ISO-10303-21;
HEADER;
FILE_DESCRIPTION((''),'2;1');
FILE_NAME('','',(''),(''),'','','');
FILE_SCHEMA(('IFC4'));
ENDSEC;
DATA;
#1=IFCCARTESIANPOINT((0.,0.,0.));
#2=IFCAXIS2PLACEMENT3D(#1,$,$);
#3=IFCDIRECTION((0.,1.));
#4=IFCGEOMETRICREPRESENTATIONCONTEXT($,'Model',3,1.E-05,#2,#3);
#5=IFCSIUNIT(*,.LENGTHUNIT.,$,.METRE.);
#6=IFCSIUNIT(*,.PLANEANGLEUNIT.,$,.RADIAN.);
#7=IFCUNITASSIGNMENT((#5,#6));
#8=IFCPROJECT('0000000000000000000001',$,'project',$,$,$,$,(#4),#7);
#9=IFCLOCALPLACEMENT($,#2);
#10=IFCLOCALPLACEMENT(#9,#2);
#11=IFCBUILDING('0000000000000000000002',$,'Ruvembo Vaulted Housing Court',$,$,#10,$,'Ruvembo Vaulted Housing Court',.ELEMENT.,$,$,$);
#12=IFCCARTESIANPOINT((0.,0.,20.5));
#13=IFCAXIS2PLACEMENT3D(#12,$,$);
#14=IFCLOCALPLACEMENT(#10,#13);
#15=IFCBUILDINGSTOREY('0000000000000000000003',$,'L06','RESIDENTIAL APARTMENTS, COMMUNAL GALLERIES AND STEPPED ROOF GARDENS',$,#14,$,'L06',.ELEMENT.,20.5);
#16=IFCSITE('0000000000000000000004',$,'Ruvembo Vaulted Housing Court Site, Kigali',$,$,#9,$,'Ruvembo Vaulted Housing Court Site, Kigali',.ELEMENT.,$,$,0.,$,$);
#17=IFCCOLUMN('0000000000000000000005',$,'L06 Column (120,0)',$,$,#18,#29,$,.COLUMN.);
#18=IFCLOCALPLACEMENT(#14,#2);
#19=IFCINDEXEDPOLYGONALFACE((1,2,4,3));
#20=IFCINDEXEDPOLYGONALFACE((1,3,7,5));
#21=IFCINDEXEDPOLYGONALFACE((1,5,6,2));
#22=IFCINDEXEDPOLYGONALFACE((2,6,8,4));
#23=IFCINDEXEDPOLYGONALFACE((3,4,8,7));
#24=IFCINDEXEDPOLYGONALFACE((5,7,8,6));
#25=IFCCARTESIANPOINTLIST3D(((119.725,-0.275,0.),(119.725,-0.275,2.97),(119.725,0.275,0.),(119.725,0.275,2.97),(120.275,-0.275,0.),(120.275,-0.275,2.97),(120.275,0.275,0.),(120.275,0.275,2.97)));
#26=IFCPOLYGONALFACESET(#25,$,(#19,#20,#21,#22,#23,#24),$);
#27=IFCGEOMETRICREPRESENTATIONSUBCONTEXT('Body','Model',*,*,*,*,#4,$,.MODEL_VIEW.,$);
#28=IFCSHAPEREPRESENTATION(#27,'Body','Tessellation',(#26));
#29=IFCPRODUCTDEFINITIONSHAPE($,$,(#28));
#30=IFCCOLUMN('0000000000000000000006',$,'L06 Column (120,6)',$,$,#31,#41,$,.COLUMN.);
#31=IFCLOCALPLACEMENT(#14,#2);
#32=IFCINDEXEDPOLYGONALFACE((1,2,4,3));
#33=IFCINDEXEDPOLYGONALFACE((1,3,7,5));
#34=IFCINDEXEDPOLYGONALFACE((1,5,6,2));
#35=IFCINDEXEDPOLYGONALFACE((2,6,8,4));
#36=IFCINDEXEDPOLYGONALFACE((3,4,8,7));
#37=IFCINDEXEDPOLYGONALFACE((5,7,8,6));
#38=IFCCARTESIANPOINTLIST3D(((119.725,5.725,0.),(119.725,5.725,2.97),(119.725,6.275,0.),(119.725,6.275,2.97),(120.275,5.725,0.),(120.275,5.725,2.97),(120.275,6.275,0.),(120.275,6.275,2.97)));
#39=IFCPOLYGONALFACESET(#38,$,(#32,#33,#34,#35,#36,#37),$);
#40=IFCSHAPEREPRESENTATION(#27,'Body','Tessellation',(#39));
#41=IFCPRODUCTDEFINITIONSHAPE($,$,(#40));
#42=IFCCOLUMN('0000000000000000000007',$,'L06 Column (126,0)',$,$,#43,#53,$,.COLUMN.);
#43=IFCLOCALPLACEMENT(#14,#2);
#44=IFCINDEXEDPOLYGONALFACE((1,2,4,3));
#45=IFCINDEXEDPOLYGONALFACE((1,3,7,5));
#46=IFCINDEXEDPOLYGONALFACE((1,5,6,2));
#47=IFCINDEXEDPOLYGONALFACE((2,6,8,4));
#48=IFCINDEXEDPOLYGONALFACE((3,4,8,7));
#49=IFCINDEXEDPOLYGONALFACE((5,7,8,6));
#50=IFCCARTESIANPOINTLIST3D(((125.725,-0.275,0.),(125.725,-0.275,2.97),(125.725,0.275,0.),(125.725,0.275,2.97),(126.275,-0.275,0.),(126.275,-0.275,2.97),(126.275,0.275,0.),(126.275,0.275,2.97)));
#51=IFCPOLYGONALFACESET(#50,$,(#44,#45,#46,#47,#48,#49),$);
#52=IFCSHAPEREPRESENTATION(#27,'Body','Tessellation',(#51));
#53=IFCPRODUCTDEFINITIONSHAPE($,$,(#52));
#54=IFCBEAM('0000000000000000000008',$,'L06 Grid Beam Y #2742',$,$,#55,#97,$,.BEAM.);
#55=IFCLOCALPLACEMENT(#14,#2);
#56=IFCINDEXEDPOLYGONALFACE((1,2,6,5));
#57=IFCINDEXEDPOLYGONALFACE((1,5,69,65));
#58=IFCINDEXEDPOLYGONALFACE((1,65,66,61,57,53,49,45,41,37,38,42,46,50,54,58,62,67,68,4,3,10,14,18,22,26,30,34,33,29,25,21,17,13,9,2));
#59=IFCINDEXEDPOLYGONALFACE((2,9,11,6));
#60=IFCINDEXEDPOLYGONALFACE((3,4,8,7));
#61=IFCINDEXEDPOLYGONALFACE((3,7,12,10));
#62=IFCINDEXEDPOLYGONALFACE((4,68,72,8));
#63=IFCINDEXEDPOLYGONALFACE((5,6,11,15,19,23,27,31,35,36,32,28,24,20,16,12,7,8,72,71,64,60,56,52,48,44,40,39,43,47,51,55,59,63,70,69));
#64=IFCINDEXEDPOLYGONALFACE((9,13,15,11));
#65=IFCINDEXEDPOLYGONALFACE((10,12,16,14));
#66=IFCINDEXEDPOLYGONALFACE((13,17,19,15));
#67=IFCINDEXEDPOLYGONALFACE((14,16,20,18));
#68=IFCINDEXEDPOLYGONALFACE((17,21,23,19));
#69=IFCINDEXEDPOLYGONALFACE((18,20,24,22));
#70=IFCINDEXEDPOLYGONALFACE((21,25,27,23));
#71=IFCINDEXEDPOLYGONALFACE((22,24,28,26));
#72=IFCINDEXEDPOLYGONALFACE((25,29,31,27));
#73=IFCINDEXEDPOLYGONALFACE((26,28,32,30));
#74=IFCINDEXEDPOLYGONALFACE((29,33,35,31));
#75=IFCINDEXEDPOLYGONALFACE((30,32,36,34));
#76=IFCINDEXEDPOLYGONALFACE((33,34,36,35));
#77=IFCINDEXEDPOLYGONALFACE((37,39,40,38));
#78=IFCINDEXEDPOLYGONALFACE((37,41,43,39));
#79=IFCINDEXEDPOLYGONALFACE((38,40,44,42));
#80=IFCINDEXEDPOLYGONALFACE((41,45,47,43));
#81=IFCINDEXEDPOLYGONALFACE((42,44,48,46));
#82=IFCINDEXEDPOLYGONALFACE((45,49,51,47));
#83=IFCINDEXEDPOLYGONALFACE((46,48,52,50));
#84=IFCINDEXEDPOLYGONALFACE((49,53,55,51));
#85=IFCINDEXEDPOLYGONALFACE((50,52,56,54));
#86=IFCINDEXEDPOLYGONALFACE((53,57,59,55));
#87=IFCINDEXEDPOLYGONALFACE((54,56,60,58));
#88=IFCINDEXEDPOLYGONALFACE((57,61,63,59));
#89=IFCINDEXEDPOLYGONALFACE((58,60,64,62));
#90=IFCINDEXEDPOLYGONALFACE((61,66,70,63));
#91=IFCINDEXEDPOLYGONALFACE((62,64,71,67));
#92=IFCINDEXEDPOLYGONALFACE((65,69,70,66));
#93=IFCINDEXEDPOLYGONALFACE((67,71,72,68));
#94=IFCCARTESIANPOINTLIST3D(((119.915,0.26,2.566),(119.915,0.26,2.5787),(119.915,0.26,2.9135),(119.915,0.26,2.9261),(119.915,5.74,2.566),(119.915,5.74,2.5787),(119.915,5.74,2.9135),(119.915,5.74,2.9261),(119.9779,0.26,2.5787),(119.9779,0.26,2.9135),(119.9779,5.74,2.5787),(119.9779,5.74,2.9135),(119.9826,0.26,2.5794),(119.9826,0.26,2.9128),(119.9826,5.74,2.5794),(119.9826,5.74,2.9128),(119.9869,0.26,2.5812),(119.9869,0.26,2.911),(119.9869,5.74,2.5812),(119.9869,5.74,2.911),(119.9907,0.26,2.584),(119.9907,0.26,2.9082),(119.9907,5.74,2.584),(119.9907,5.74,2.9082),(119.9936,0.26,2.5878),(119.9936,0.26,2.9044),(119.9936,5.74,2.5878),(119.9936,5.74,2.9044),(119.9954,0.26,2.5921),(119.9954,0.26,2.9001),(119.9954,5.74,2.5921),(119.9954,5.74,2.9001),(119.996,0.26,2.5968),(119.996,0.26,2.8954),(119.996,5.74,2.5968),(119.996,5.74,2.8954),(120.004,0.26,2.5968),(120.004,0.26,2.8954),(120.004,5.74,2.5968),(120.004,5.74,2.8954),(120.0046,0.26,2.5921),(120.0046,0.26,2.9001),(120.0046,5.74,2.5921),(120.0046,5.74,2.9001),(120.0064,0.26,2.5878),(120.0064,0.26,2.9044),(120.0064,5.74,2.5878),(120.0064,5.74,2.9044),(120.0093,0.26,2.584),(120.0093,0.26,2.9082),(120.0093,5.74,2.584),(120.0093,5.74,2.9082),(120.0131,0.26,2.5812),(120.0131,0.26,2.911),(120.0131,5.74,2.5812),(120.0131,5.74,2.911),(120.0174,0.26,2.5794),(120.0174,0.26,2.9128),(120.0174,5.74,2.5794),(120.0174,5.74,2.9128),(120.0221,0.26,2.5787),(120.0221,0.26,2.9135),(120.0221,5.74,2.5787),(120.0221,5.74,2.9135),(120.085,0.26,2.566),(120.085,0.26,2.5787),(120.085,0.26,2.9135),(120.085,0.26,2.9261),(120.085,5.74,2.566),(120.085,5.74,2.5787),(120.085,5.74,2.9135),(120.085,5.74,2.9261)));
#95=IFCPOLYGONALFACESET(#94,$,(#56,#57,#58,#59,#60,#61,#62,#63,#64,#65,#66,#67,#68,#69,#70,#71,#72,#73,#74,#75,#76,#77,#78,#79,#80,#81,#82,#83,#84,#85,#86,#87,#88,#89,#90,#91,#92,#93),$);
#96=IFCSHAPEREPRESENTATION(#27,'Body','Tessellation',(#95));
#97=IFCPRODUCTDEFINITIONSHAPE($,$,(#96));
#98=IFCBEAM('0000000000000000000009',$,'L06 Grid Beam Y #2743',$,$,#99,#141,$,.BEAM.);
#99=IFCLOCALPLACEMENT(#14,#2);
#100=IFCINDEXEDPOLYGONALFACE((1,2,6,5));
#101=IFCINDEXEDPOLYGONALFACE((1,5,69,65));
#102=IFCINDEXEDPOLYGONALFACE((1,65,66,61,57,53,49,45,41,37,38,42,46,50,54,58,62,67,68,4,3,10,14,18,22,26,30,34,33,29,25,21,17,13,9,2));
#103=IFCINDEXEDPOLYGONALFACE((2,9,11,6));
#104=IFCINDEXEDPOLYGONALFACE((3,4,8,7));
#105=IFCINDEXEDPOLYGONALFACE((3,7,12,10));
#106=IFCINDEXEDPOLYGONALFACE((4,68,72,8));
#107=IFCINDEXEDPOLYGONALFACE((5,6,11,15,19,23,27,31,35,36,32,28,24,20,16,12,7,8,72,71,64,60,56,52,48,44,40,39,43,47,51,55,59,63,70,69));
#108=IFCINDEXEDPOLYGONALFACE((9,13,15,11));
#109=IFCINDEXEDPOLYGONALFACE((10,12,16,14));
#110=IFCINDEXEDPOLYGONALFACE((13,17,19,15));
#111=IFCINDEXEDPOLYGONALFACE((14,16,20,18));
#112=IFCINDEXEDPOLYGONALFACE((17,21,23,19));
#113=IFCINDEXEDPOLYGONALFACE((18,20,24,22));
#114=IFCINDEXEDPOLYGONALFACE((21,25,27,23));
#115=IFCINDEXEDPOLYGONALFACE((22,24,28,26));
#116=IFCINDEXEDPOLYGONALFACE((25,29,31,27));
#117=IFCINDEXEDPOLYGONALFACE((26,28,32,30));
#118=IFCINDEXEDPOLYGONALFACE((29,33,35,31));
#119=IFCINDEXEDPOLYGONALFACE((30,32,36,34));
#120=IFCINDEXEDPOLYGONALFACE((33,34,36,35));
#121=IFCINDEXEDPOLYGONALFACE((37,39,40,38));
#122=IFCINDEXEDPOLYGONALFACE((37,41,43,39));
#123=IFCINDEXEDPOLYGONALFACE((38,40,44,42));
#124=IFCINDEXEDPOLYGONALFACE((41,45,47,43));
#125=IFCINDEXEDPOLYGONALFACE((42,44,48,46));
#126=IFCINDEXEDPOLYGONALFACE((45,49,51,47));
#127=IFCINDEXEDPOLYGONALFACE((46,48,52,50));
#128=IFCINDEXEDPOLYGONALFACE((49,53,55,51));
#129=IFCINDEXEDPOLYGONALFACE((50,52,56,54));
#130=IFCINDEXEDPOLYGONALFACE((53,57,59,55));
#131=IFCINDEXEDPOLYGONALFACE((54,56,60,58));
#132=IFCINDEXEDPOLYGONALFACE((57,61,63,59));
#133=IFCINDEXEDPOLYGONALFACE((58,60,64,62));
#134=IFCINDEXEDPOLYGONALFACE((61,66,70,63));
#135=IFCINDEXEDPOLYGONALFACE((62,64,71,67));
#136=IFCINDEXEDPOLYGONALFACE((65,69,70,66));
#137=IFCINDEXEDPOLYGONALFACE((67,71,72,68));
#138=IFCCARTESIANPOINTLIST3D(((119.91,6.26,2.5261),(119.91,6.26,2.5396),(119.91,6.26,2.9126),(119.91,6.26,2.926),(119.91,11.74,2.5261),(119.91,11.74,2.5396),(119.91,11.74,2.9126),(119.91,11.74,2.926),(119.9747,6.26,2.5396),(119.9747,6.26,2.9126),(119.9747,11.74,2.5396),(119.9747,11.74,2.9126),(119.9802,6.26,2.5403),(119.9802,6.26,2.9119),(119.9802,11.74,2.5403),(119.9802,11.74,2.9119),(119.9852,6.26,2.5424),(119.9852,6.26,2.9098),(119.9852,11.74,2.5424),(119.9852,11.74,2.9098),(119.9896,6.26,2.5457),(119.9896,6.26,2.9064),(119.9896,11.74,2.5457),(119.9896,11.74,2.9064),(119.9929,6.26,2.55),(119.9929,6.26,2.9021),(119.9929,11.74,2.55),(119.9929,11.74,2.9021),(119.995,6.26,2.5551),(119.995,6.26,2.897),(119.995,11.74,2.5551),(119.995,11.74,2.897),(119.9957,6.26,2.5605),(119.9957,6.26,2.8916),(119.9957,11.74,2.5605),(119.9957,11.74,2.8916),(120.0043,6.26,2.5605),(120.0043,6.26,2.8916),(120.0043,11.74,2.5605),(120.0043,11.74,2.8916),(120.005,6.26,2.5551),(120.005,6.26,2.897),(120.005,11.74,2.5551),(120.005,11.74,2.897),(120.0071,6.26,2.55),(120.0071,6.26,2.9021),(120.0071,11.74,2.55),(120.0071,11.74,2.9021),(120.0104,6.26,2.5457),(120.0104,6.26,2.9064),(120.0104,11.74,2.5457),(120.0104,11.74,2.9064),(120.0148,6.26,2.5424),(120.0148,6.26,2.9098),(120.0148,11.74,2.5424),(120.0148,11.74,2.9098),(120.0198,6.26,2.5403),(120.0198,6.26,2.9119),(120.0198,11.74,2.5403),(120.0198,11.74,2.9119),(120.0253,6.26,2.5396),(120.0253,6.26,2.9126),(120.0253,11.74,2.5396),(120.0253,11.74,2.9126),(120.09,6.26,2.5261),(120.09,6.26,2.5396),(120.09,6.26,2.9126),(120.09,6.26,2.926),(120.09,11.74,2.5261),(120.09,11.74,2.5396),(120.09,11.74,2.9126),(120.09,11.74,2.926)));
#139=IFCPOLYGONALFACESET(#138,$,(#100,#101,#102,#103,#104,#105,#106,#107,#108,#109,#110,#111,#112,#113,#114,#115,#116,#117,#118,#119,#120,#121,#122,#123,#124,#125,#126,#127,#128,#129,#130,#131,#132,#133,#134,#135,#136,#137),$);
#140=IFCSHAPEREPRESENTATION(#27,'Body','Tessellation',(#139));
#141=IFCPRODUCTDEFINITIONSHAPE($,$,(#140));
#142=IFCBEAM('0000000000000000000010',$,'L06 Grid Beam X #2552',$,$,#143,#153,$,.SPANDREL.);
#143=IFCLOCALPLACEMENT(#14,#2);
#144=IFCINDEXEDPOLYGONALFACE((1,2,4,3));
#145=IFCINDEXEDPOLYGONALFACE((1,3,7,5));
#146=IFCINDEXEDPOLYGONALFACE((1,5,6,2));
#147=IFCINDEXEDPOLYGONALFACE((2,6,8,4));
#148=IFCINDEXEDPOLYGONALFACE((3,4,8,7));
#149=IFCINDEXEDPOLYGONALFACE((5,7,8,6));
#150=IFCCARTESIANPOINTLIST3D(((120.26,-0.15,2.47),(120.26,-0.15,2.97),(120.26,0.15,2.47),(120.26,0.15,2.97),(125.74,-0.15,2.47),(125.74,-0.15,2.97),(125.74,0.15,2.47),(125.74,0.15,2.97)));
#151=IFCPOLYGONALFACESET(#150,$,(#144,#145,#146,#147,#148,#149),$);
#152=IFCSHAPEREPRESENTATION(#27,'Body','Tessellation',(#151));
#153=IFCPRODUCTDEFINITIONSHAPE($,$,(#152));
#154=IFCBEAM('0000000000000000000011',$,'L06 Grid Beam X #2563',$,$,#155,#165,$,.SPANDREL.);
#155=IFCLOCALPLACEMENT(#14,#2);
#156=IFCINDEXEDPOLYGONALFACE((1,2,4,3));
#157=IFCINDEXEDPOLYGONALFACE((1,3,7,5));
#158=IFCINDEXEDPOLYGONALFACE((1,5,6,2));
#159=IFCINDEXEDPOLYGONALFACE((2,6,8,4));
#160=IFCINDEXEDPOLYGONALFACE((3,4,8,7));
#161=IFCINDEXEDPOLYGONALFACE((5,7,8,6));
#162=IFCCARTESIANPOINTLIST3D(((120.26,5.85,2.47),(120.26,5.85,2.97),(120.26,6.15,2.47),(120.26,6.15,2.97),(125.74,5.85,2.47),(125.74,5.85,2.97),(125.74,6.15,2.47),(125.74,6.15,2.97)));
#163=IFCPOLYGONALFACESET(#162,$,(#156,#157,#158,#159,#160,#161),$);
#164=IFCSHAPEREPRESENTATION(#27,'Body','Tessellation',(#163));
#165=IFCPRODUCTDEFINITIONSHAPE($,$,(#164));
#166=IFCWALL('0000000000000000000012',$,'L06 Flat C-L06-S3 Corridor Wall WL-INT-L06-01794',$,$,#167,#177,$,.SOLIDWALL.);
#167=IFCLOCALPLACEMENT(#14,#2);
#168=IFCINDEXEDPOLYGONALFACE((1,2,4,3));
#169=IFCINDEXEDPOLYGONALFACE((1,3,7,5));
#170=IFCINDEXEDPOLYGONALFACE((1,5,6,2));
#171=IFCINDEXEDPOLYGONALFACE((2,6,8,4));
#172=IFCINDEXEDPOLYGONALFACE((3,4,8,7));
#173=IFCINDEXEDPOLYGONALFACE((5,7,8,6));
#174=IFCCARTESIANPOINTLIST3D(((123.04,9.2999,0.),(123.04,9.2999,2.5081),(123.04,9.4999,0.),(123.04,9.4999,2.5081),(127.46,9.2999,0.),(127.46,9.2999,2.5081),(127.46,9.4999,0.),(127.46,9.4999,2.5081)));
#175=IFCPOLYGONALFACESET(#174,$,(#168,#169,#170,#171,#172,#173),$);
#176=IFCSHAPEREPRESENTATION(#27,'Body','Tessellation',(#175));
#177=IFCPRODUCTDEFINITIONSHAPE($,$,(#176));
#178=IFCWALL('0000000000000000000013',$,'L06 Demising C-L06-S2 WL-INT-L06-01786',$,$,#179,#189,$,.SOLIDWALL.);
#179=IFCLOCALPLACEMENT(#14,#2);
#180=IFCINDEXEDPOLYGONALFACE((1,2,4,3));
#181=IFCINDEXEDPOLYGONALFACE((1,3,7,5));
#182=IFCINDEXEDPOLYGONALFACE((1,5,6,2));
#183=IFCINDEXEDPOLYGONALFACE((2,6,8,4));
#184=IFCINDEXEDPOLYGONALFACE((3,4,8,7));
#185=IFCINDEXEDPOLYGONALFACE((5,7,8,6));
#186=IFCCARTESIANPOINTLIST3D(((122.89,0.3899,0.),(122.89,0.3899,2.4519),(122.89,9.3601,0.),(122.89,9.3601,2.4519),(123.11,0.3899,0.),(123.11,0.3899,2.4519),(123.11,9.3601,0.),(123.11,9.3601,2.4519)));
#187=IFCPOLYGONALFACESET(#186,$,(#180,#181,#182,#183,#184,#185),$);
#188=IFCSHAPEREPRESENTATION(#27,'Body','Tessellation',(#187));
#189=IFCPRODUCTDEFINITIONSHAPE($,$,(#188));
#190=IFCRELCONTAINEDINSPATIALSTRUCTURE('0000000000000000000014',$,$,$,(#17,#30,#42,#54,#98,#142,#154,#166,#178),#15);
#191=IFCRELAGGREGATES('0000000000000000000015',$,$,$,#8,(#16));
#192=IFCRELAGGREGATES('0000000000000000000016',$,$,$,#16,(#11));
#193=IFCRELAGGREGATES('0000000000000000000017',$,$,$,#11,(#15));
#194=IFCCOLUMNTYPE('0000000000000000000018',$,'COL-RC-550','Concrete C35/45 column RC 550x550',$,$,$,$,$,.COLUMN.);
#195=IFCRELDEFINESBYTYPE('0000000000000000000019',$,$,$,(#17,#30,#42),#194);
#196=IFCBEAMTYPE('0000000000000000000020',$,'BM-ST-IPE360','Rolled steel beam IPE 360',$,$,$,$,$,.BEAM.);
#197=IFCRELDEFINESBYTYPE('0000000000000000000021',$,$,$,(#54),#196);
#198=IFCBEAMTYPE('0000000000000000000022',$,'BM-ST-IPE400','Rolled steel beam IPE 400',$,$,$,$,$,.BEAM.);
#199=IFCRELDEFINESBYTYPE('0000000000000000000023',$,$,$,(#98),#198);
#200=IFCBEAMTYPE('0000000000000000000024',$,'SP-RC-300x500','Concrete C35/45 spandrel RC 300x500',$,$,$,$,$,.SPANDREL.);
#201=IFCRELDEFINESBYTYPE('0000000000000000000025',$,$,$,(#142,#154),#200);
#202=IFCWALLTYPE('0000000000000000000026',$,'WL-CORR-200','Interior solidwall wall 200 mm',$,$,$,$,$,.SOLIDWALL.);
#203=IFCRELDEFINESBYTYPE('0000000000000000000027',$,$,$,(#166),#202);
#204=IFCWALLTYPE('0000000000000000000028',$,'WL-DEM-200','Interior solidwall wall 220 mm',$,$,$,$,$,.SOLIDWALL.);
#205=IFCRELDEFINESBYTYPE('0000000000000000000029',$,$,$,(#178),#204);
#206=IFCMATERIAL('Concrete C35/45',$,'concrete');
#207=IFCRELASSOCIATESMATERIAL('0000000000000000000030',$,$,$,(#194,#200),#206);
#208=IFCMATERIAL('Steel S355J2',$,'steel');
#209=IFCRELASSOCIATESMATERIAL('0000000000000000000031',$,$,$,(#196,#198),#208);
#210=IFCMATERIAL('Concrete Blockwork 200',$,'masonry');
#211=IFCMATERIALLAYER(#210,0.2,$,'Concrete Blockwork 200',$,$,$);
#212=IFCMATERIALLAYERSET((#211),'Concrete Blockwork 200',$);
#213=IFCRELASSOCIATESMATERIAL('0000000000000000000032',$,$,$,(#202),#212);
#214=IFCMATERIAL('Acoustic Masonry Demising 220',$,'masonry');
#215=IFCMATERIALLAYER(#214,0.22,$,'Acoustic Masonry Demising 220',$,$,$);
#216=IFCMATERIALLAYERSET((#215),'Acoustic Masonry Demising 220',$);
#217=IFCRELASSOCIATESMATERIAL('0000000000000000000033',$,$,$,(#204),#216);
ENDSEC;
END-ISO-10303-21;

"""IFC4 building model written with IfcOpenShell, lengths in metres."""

from ifc_helpers import new_model, si_unit, direction, frame, frame_2d, origin, origin_2d, place, context, subcontext, project, spatial, rectangle, i_section, extrude, material, layer, layer_set, material_profile, profile_set, type_object, element, save


model = new_model("IFC4")

# Units and contexts
model_context = context("Model", 3, precision=1e-05, world=origin(), true_north=direction((0.0, 1.0)))
body_context = subcontext(model_context, "Body", "Model", "MODEL_VIEW")
ifc_project = project(units=[si_unit("LENGTHUNIT", "METRE"), si_unit("PLANEANGLEUNIT", "RADIAN")], contexts=[model_context])

# Site, building, storey
site_placement = place(None, origin())
site = spatial("IfcSite", under=ifc_project, at=site_placement, Name="Ruvembo Vaulted Housing Court Site, Kigali", LongName="Ruvembo Vaulted Housing Court Site, Kigali", CompositionType="ELEMENT", RefElevation=0.0)
building_placement = place(site_placement, origin())
building = spatial("IfcBuilding", under=site, at=building_placement, Name="Ruvembo Vaulted Housing Court", LongName="Ruvembo Vaulted Housing Court", CompositionType="ELEMENT")
storey_placement = place(building_placement, frame((0.0, 0.0, 20.5)))
storey = spatial("IfcBuildingStorey", under=building, at=storey_placement, Name="L06", Description="RESIDENTIAL APARTMENTS, COMMUNAL GALLERIES AND STEPPED ROOF GARDENS", LongName="L06", CompositionType="ELEMENT", Elevation=20.5)

# Columns
ifc_material_1 = material(Name="Concrete C35/45", Category="concrete")
ifc_material_profile_1 = material_profile(ifc_material_1, rectangle(XDim=0.55, YDim=0.55, at=origin_2d()), Name="RC 550x550")
ifc_profile_set_1 = profile_set([ifc_material_profile_1], Name="Concrete C35/45")
column_type = type_object("IfcColumnType", Name="COL-RC-550", Description="Concrete C35/45 column RC 550x550", PredefinedType="COLUMN", material=ifc_profile_set_1)
for number, where, z_axis, x_axis, name in (
    (1, (120.0, 0.0, 0.0), (0.0, 0.0, 1.0), (1.0, 0.0, 0.0), "L06 Column (120,0)"),
    (2, (120.0, 6.0, 0.0), (0.0, 0.0, 1.0), (1.0, 0.0, 0.0), "L06 Column (120,6)"),
    (3, (126.0, 0.0, 0.0), (0.0, 0.0, 1.0), (1.0, 0.0, 0.0), "L06 Column (126,0)"),
):
    element("IfcColumn", number, at=place(storey_placement, frame(where, z_axis=z_axis, x_axis=x_axis)), inside=storey, type_object=column_type, Name=name, PredefinedType="COLUMN", context=body_context, shape_type="SweptSolid", body=[
        extrude(rectangle(XDim=0.55, YDim=0.55, at=origin_2d()), origin(), (0.0, 0.0, 1.0), 2.97),
    ])

# Beams
ifc_material_2 = material(Name="Steel S355J2", Category="steel")
ifc_material_profile_2 = material_profile(ifc_material_2, i_section(OverallWidth=0.1699, OverallDepth=0.3601, WebThickness=0.0081, FlangeThickness=0.0127, FilletRadius=0.0181, at=origin_2d()), Name="IPE 360")
ifc_profile_set_2 = profile_set([ifc_material_profile_2], Name="Steel S355J2")
beam_type_1 = type_object("IfcBeamType", Name="BM-ST-IPE360", Description="Rolled steel beam IPE 360", PredefinedType="BEAM", material=ifc_profile_set_2)
beam_1_placement = place(storey_placement, frame((120.0, 0.26, 2.7461), z_axis=(0.0, 1.0, 0.0), x_axis=(-1.0, 0.0, 0.0)))
element("IfcBeam", 4, at=beam_1_placement, inside=storey, type_object=beam_type_1, Name="L06 Grid Beam Y #2742", PredefinedType="BEAM", context=body_context, shape_type="SweptSolid", body=[
    extrude(i_section(OverallWidth=0.1699, OverallDepth=0.3601, WebThickness=0.0081, FlangeThickness=0.0127, FilletRadius=0.0181, at=origin_2d()), origin(), (0.0, 0.0, 1.0), 5.48),
])
ifc_material_profile_3 = material_profile(ifc_material_2, i_section(OverallWidth=0.1799, OverallDepth=0.3999, WebThickness=0.0085, FlangeThickness=0.0134, FilletRadius=0.021, at=origin_2d()), Name="IPE 400")
ifc_profile_set_3 = profile_set([ifc_material_profile_3], Name="Steel S355J2")
beam_type_2 = type_object("IfcBeamType", Name="BM-ST-IPE400", Description="Rolled steel beam IPE 400", PredefinedType="BEAM", material=ifc_profile_set_3)
beam_2_placement = place(storey_placement, frame((120.0, 6.26, 2.7261), z_axis=(0.0, 1.0, 0.0), x_axis=(-1.0, 0.0, 0.0)))
element("IfcBeam", 5, at=beam_2_placement, inside=storey, type_object=beam_type_2, Name="L06 Grid Beam Y #2743", PredefinedType="BEAM", context=body_context, shape_type="SweptSolid", body=[
    extrude(i_section(OverallWidth=0.1799, OverallDepth=0.3999, WebThickness=0.0085, FlangeThickness=0.0134, FilletRadius=0.021, at=origin_2d()), origin(), (0.0, 0.0, 1.0), 5.48),
])
ifc_material_profile_4 = material_profile(ifc_material_1, rectangle(XDim=0.3, YDim=0.5, at=origin_2d()), Name="RC 300x500")
ifc_profile_set_4 = profile_set([ifc_material_profile_4], Name="Concrete C35/45")
beam_type_3 = type_object("IfcBeamType", Name="SP-RC-300x500", Description="Concrete C35/45 spandrel RC 300x500", PredefinedType="SPANDREL", material=ifc_profile_set_4)
for number, where, z_axis, x_axis, name in (
    (6, (120.26, 0.0, 2.72), (1.0, 0.0, 0.0), (0.0, 1.0, 0.0), "L06 Grid Beam X #2552"),
    (7, (120.26, 6.0, 2.72), (1.0, 0.0, 0.0), (0.0, 1.0, 0.0), "L06 Grid Beam X #2563"),
):
    element("IfcBeam", number, at=place(storey_placement, frame(where, z_axis=z_axis, x_axis=x_axis)), inside=storey, type_object=beam_type_3, Name=name, PredefinedType="SPANDREL", context=body_context, shape_type="SweptSolid", body=[
        extrude(rectangle(XDim=0.3, YDim=0.5, at=origin_2d()), origin(), (0.0, 0.0, 1.0), 5.48),
    ])

# Shared definitions
ifc_material_3 = material(Name="Concrete Blockwork 200", Category="masonry")
ifc_layer_1 = layer(ifc_material_3, 0.2, Name="Concrete Blockwork 200")
ifc_layer_set_1 = layer_set([ifc_layer_1], Name="Concrete Blockwork 200")
wall_type_1 = type_object("IfcWallType", Name="WL-CORR-200", Description="Interior solidwall wall 200 mm", PredefinedType="SOLIDWALL", material=ifc_layer_set_1)

# Walls
wall_1_placement = place(storey_placement, frame((123.04, 9.3999, 0.0), z_axis=(0.0, 0.0, 1.0), x_axis=(1.0, 0.0, 0.0)))
element("IfcWall", 8, at=wall_1_placement, inside=storey, type_object=wall_type_1, Name="L06 Flat C-L06-S3 Corridor Wall WL-INT-L06-01794", PredefinedType="SOLIDWALL", context=body_context, shape_type="SweptSolid", body=[
    extrude(rectangle(XDim=4.4199, YDim=0.2, at=frame_2d((2.21, 0.0))), origin(), (0.0, 0.0, 1.0), 2.5081),
])
ifc_material_4 = material(Name="Acoustic Masonry Demising 220", Category="masonry")
ifc_layer_2 = layer(ifc_material_4, 0.22, Name="Acoustic Masonry Demising 220")
ifc_layer_set_2 = layer_set([ifc_layer_2], Name="Acoustic Masonry Demising 220")
wall_type_2 = type_object("IfcWallType", Name="WL-DEM-200", Description="Interior solidwall wall 220 mm", PredefinedType="SOLIDWALL", material=ifc_layer_set_2)
wall_2_placement = place(storey_placement, frame((123.0, 0.3899, 0.0), z_axis=(0.0, 0.0, 1.0), x_axis=(0.0, 1.0, 0.0)))
element("IfcWall", 9, at=wall_2_placement, inside=storey, type_object=wall_type_2, Name="L06 Demising C-L06-S2 WL-INT-L06-01786", PredefinedType="SOLIDWALL", context=body_context, shape_type="SweptSolid", body=[
    extrude(rectangle(XDim=8.9702, YDim=0.22, at=frame_2d((4.4851, 0.0))), origin(), (0.0, 0.0, 1.0), 2.4519),
])

save(model, "model.ifc")
